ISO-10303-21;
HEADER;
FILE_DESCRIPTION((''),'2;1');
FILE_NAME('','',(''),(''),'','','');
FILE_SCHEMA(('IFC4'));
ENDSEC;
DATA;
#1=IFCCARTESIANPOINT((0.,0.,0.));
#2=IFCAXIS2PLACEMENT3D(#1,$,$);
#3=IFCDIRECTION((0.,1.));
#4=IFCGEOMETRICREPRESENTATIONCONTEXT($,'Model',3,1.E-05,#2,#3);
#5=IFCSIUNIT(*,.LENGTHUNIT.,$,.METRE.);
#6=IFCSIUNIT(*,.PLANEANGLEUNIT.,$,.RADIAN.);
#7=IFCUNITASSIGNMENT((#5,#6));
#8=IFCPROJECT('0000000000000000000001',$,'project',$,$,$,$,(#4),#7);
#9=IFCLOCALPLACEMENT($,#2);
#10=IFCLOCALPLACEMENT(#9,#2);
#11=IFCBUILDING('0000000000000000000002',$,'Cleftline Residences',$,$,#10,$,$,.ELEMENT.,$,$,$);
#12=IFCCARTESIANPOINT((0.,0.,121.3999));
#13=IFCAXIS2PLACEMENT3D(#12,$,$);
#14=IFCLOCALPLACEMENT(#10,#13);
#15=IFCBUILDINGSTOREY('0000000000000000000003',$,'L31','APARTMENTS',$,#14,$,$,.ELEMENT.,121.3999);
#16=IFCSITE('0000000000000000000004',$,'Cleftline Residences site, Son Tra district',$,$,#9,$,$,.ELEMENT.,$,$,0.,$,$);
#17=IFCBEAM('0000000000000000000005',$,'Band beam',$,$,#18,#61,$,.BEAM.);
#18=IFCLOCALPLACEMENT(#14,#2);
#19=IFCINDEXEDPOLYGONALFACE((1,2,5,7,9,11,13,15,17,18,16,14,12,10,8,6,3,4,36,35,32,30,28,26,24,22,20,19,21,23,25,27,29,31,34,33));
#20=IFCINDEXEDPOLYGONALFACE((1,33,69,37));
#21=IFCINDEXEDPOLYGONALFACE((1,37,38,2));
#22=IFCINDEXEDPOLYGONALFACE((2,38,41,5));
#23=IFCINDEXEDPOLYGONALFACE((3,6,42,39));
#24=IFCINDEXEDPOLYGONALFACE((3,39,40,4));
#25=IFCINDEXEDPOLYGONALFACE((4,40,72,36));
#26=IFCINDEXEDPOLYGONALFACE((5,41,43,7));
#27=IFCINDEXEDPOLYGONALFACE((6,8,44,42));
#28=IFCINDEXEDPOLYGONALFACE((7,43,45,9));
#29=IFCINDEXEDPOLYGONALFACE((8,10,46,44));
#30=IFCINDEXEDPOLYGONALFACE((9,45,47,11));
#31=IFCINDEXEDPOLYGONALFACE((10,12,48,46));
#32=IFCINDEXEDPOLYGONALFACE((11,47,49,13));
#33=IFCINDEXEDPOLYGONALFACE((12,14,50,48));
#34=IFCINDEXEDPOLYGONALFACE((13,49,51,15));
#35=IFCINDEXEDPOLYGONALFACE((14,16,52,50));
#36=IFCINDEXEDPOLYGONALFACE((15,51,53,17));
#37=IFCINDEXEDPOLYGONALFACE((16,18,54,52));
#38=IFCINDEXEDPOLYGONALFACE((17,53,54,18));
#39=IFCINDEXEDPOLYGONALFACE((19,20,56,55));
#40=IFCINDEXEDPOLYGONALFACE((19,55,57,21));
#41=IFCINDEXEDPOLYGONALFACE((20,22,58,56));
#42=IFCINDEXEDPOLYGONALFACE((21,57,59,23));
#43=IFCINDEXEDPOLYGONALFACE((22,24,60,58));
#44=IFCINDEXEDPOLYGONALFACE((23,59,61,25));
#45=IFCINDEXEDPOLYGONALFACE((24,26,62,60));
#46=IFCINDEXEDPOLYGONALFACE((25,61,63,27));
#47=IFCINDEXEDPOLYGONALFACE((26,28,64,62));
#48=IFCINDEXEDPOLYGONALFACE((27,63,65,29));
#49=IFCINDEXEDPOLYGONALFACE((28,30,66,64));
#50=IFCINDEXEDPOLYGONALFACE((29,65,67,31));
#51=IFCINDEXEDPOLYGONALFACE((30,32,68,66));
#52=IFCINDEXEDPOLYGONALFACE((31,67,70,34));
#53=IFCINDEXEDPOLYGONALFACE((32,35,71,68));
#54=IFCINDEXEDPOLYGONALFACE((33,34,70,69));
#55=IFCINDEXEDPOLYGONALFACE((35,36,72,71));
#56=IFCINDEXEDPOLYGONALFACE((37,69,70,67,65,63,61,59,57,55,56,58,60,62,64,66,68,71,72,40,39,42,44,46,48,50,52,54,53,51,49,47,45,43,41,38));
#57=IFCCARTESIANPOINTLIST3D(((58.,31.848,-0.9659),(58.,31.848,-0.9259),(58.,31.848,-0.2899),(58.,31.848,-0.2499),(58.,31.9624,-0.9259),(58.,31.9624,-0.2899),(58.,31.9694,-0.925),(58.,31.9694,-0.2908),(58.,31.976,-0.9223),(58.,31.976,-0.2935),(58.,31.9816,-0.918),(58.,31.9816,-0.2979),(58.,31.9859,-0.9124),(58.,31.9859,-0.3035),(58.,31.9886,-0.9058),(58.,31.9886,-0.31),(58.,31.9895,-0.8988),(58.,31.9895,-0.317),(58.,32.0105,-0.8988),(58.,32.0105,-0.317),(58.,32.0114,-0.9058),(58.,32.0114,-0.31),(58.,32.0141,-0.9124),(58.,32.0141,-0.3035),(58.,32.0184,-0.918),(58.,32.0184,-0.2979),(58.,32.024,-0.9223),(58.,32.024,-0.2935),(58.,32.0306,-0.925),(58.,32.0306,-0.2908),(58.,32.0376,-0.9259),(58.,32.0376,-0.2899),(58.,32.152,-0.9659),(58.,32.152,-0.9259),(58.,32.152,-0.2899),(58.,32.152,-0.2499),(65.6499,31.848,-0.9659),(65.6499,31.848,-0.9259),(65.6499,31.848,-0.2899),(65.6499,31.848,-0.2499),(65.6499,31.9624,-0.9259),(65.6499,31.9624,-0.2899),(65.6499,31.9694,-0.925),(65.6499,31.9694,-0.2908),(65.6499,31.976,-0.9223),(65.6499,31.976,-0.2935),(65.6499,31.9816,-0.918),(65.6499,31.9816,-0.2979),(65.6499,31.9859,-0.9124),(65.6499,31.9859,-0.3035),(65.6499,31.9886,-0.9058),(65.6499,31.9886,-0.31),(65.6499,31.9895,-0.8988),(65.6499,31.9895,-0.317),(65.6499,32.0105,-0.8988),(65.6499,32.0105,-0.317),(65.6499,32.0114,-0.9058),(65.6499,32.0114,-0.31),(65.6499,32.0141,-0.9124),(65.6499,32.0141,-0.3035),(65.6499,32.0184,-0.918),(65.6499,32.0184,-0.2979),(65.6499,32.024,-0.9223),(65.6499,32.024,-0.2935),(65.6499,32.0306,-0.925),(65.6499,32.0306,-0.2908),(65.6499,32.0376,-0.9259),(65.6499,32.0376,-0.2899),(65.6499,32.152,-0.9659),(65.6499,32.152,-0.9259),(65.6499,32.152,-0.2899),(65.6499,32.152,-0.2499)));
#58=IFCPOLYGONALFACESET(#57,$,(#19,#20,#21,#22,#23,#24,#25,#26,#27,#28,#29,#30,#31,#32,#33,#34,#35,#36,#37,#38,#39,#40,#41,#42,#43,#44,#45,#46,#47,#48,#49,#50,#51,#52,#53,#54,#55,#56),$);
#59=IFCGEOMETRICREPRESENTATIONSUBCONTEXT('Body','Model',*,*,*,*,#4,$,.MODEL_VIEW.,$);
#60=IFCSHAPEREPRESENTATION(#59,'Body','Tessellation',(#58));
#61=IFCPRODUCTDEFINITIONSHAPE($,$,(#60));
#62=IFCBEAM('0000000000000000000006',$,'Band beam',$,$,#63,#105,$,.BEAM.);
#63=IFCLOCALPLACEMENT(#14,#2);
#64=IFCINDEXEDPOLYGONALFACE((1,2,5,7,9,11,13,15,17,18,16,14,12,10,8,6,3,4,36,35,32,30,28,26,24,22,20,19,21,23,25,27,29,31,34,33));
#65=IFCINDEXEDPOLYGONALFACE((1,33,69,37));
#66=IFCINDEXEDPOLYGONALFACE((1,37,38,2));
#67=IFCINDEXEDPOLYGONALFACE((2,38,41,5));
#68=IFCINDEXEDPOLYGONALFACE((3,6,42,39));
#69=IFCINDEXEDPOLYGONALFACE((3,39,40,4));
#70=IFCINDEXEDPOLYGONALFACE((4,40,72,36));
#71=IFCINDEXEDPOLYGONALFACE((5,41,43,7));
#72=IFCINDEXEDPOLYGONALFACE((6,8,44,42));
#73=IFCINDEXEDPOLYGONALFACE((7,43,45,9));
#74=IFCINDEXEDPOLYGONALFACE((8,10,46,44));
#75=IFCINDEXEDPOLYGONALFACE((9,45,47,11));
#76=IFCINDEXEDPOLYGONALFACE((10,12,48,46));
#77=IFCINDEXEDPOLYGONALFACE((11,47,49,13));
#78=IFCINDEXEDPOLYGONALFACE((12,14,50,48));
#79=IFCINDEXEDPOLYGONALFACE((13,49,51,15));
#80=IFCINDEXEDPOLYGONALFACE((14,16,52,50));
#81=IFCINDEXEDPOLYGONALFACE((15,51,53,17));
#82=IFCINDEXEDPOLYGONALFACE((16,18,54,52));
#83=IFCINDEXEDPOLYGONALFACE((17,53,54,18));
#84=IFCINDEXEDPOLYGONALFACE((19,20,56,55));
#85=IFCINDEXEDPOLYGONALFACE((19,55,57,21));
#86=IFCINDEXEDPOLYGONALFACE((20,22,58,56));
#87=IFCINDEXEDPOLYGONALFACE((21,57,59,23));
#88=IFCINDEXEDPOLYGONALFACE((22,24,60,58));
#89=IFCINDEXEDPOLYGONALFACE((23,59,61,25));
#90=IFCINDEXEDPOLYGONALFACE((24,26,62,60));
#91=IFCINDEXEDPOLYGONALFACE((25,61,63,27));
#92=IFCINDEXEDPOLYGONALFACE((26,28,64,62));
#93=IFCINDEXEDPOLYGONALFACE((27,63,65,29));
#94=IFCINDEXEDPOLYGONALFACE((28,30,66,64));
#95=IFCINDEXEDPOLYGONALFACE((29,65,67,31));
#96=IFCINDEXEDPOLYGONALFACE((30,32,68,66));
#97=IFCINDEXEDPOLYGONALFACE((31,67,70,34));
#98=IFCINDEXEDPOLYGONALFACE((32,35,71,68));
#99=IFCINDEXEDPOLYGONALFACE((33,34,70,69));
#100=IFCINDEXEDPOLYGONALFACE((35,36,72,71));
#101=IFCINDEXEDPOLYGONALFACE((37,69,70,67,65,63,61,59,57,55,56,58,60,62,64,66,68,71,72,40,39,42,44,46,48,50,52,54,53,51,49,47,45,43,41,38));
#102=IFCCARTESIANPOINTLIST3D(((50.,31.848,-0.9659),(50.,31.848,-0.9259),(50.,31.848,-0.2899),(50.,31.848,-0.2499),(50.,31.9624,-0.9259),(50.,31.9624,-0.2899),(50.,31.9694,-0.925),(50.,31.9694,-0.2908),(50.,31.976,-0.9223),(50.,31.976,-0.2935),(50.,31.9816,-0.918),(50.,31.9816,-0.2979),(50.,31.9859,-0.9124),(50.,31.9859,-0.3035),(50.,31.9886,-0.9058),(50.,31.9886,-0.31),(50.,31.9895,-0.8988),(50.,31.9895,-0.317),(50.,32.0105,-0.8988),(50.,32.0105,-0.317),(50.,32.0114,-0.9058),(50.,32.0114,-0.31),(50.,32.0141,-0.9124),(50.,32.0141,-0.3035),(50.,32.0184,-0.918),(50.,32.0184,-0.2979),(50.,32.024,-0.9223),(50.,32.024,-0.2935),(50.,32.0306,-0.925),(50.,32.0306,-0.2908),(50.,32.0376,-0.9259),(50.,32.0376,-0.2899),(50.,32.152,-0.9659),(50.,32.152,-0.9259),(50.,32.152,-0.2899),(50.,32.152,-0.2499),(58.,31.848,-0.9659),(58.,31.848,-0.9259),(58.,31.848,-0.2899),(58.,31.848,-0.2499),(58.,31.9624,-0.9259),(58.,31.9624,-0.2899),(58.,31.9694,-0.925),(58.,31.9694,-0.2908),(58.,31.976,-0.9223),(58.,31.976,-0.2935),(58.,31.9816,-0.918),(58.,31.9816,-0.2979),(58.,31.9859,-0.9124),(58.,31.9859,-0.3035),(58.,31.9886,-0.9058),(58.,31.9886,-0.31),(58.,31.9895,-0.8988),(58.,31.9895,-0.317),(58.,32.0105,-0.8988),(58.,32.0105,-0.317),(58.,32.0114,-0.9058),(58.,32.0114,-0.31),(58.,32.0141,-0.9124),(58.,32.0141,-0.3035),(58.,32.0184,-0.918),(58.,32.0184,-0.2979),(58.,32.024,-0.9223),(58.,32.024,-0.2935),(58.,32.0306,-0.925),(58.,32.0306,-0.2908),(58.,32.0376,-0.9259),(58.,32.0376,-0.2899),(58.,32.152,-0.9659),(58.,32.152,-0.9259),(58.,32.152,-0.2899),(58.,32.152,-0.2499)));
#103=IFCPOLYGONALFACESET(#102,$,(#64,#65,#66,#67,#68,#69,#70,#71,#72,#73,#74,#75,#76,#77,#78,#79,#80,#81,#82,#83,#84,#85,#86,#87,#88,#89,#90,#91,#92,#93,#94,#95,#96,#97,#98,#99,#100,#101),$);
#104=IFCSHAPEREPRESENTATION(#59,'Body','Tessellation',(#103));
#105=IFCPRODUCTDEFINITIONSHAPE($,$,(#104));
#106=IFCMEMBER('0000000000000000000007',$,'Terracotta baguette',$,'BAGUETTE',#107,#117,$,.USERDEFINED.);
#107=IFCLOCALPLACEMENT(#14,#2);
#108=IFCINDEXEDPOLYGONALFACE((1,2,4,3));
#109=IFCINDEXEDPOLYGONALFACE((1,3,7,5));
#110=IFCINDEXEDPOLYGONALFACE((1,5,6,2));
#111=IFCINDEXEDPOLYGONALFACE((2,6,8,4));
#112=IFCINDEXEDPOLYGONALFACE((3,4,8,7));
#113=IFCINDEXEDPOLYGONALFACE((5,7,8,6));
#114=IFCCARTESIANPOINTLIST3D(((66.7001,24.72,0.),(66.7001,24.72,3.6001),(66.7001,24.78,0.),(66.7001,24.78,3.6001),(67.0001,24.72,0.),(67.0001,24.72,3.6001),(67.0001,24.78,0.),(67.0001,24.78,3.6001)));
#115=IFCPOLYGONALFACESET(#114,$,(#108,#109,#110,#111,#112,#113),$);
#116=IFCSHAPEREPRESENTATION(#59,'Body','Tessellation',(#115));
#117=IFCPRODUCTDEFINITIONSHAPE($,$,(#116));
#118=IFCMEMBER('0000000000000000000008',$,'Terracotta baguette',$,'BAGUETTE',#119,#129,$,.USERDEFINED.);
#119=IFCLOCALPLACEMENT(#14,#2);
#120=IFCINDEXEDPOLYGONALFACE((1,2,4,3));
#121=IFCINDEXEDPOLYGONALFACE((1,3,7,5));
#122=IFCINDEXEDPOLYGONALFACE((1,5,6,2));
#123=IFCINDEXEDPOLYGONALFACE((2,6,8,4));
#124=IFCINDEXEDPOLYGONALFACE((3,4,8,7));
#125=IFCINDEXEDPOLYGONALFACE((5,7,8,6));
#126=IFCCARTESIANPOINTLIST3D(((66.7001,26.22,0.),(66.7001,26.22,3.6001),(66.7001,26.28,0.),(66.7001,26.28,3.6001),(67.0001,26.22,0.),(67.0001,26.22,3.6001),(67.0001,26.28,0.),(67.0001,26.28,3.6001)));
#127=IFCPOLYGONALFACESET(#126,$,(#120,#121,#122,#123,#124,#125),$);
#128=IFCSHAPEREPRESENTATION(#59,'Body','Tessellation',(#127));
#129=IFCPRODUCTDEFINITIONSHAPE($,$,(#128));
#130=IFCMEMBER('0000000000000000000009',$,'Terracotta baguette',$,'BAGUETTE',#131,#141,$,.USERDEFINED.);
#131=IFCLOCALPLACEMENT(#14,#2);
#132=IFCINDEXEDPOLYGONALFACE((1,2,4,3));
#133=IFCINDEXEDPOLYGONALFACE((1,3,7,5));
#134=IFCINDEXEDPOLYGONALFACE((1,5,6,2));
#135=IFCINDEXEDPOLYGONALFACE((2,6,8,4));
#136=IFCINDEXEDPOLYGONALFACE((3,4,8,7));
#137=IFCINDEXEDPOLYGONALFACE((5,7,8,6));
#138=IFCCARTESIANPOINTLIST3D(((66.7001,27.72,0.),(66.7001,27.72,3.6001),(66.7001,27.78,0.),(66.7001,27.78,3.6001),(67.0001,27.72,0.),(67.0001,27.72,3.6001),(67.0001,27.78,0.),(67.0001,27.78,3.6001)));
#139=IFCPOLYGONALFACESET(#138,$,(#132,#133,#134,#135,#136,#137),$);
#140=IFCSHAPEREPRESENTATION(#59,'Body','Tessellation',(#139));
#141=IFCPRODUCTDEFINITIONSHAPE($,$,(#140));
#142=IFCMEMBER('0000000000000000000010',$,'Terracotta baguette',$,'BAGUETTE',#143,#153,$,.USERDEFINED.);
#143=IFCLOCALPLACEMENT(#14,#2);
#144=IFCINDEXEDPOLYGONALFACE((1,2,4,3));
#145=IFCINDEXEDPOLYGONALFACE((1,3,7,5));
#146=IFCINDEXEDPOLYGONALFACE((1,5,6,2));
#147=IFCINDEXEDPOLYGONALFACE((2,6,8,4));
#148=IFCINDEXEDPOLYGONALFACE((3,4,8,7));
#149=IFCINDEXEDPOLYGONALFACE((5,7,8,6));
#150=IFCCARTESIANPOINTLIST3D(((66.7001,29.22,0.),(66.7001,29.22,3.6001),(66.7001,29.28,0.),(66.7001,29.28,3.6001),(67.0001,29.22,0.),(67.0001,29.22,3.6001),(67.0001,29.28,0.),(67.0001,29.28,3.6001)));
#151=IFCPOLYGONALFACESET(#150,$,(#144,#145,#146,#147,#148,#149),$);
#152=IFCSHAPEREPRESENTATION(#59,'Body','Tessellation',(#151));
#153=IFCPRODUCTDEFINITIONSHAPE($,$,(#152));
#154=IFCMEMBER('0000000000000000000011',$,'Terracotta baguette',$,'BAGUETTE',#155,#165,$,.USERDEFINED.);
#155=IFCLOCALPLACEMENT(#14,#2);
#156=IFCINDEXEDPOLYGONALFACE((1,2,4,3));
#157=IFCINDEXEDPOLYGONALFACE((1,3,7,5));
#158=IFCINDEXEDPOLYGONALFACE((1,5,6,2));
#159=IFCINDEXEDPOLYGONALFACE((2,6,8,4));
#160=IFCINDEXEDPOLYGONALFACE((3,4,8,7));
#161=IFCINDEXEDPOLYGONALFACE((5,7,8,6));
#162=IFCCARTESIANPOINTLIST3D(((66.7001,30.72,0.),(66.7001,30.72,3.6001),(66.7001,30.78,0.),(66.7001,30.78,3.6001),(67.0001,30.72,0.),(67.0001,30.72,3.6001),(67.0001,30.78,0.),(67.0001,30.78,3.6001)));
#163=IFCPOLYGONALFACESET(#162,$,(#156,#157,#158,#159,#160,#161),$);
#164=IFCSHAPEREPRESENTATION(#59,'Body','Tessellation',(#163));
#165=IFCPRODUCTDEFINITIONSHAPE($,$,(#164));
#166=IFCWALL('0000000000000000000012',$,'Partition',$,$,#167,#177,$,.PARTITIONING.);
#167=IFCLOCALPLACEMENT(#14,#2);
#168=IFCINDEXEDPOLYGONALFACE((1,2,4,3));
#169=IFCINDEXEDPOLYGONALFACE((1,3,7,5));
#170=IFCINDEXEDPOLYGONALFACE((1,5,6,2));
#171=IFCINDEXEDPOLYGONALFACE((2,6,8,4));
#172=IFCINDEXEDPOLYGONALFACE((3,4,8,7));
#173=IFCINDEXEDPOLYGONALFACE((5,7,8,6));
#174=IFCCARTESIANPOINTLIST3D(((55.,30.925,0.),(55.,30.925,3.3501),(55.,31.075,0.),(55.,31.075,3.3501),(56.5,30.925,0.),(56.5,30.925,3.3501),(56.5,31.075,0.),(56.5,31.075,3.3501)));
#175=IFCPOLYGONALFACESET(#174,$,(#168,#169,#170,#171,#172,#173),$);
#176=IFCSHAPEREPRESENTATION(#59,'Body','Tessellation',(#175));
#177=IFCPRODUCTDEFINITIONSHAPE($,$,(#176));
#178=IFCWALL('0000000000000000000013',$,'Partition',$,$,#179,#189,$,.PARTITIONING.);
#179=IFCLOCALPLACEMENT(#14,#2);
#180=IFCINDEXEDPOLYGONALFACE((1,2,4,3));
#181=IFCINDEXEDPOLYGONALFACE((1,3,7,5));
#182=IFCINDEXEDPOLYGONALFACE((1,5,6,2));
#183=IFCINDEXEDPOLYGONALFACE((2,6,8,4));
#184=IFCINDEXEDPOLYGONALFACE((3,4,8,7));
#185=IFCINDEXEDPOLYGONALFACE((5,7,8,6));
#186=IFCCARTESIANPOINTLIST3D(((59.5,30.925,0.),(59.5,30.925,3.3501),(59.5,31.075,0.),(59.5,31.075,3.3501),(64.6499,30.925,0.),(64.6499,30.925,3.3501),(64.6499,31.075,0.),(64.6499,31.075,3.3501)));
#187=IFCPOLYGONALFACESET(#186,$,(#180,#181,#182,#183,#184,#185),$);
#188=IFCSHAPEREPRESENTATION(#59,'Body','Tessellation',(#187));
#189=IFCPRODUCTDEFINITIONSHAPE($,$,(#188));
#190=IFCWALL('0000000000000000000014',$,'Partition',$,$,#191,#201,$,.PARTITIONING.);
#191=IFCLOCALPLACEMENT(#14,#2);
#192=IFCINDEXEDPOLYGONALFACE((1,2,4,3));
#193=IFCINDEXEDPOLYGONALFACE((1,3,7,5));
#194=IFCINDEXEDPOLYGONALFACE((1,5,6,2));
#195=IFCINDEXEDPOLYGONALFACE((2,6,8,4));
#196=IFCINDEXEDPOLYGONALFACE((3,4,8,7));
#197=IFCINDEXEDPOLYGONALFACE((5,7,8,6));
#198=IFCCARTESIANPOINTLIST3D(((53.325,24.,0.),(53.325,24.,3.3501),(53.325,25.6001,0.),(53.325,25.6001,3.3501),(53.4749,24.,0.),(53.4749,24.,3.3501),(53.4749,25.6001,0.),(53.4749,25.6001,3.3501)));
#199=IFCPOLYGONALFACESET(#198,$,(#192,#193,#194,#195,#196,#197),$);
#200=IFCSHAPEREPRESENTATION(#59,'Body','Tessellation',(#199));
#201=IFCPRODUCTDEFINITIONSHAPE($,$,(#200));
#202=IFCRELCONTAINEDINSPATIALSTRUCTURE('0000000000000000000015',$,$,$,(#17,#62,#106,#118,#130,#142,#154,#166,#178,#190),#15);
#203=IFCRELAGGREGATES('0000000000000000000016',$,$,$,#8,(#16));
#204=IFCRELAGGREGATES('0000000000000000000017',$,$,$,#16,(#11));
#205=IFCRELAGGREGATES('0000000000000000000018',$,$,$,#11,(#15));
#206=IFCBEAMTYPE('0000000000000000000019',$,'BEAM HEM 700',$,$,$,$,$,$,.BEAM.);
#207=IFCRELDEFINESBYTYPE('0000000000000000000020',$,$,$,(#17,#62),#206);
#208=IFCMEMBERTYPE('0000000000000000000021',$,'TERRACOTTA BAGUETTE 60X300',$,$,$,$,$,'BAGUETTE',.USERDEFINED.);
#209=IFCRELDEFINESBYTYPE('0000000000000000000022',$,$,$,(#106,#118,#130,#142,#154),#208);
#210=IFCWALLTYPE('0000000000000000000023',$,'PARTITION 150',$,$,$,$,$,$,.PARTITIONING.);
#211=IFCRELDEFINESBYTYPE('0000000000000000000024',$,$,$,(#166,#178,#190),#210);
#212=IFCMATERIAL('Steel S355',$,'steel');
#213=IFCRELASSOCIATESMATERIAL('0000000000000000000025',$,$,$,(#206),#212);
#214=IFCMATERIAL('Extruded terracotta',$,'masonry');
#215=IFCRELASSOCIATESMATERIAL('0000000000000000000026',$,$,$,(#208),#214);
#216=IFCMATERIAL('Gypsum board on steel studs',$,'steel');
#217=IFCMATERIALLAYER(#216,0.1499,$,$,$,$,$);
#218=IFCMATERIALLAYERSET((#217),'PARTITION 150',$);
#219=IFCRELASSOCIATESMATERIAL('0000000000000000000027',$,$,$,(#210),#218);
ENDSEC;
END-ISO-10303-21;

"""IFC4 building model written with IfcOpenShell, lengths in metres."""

from ifc_helpers import new_model, si_unit, direction, frame, frame_2d, origin, origin_2d, place, context, subcontext, project, spatial, rectangle, i_section, extrude, material, layer, layer_set, material_profile, profile_set, type_object, element, save


model = new_model("IFC4")

# Units and contexts
model_context = context("Model", 3, precision=1e-05, world=origin(), true_north=direction((0.0, 1.0)))
body_context = subcontext(model_context, "Body", "Model", "MODEL_VIEW")
ifc_project = project(units=[si_unit("LENGTHUNIT", "METRE"), si_unit("PLANEANGLEUNIT", "RADIAN")], contexts=[model_context])

# Site, building, storey
site_placement = place(None, origin())
site = spatial("IfcSite", under=ifc_project, at=site_placement, Name="Cleftline Residences site, Son Tra district", CompositionType="ELEMENT", RefElevation=0.0)
building_placement = place(site_placement, origin())
building = spatial("IfcBuilding", under=site, at=building_placement, Name="Cleftline Residences", CompositionType="ELEMENT")
storey_placement = place(building_placement, frame((0.0, 0.0, 121.3999)))
storey = spatial("IfcBuildingStorey", under=building, at=storey_placement, Name="L31", Description="APARTMENTS", CompositionType="ELEMENT", Elevation=121.3999)

# Beams
ifc_material_1 = material(Name="Steel S355", Category="steel")
ifc_material_profile_1 = material_profile(ifc_material_1, i_section(OverallWidth=0.304, OverallDepth=0.7161, WebThickness=0.021, FlangeThickness=0.04, FilletRadius=0.0271, at=origin_2d()))
ifc_profile_set_1 = profile_set([ifc_material_profile_1], Name="Steel S355")
beam_type_1 = type_object("IfcBeamType", Name="BEAM HEM 700", PredefinedType="BEAM", material=ifc_profile_set_1)
beam_1_placement = place(storey_placement, frame((65.6499, 32.0, -0.6079), z_axis=(-1.0, 0.0, 0.0), x_axis=(0.0, -1.0, 0.0)))
element("IfcBeam", 1, at=beam_1_placement, inside=storey, type_object=beam_type_1, Name="Band beam", PredefinedType="BEAM", context=body_context, shape_type="SweptSolid", body=[
    extrude(i_section(OverallWidth=0.304, OverallDepth=0.7161, WebThickness=0.021, FlangeThickness=0.04, FilletRadius=0.0271, at=origin_2d()), origin(), (0.0, 0.0, 1.0), 7.6499),
])
beam_2_placement = place(storey_placement, frame((58.0, 32.0, -0.6079), z_axis=(-1.0, 0.0, 0.0), x_axis=(0.0, -1.0, 0.0)))
element("IfcBeam", 2, at=beam_2_placement, inside=storey, type_object=beam_type_1, Name="Band beam", PredefinedType="BEAM", context=body_context, shape_type="SweptSolid", body=[
    extrude(i_section(OverallWidth=0.304, OverallDepth=0.7161, WebThickness=0.021, FlangeThickness=0.04, FilletRadius=0.0271, at=origin_2d()), origin(), (0.0, 0.0, 1.0), 8.0),
])

# Members
ifc_material_2 = material(Name="Extruded terracotta", Category="masonry")
ifc_material_profile_2 = material_profile(ifc_material_2, rectangle(XDim=0.0601, YDim=0.3, at=origin_2d()))
ifc_profile_set_2 = profile_set([ifc_material_profile_2], Name="Extruded terracotta")
member_type_1 = type_object("IfcMemberType", Name="TERRACOTTA BAGUETTE 60X300", ElementType="BAGUETTE", PredefinedType="USERDEFINED", material=ifc_profile_set_2)
for number, where, z_axis, x_axis, name in (
    (3, (66.8501, 24.75, 0.0), (0.0, 0.0, 1.0), (0.0, 1.0, 0.0), "Terracotta baguette"),
    (4, (66.8501, 26.25, 0.0), (0.0, 0.0, 1.0), (0.0, 1.0, 0.0), "Terracotta baguette"),
    (5, (66.8501, 27.75, 0.0), (0.0, 0.0, 1.0), (0.0, 1.0, 0.0), "Terracotta baguette"),
    (6, (66.8501, 29.25, 0.0), (0.0, 0.0, 1.0), (0.0, 1.0, 0.0), "Terracotta baguette"),
    (7, (66.8501, 30.75, 0.0), (0.0, 0.0, 1.0), (0.0, 1.0, 0.0), "Terracotta baguette"),
):
    element("IfcMember", number, at=place(storey_placement, frame(where, z_axis=z_axis, x_axis=x_axis)), inside=storey, type_object=member_type_1, Name=name, ObjectType="BAGUETTE", PredefinedType="USERDEFINED", context=body_context, shape_type="SweptSolid", body=[
        extrude(rectangle(XDim=0.0601, YDim=0.3, at=origin_2d()), origin(), (0.0, 0.0, 1.0), 3.6001),
    ])

# Walls
ifc_material_3 = material(Name="Gypsum board on steel studs", Category="steel")
ifc_layer_1 = layer(ifc_material_3, 0.1499)
ifc_layer_set_1 = layer_set([ifc_layer_1], Name="PARTITION 150")
wall_type_1 = type_object("IfcWallType", Name="PARTITION 150", PredefinedType="PARTITIONING", material=ifc_layer_set_1)
wall_1_placement = place(storey_placement, frame((55.0, 31.0, 0.0), z_axis=(0.0, 0.0, 1.0), x_axis=(1.0, 0.0, 0.0)))
element("IfcWall", 8, at=wall_1_placement, inside=storey, type_object=wall_type_1, Name="Partition", PredefinedType="PARTITIONING", context=body_context, shape_type="SweptSolid", body=[
    extrude(rectangle(XDim=1.5, YDim=0.1499, at=frame_2d((0.75, 0.0))), origin(), (0.0, 0.0, 1.0), 3.3501),
])
wall_2_placement = place(storey_placement, frame((59.5, 31.0, 0.0), z_axis=(0.0, 0.0, 1.0), x_axis=(1.0, 0.0, 0.0)))
element("IfcWall", 9, at=wall_2_placement, inside=storey, type_object=wall_type_1, Name="Partition", PredefinedType="PARTITIONING", context=body_context, shape_type="SweptSolid", body=[
    extrude(rectangle(XDim=5.1499, YDim=0.1499, at=frame_2d((2.575, 0.0))), origin(), (0.0, 0.0, 1.0), 3.3501),
])
wall_3_placement = place(storey_placement, frame((53.3999, 24.0, 0.0), z_axis=(0.0, 0.0, 1.0), x_axis=(0.0, 1.0, 0.0)))
element("IfcWall", 10, at=wall_3_placement, inside=storey, type_object=wall_type_1, Name="Partition", PredefinedType="PARTITIONING", context=body_context, shape_type="SweptSolid", body=[
    extrude(rectangle(XDim=1.6001, YDim=0.1499, at=frame_2d((0.8, 0.0))), origin(), (0.0, 0.0, 1.0), 3.3501),
])

save(model, "model.ifc")
